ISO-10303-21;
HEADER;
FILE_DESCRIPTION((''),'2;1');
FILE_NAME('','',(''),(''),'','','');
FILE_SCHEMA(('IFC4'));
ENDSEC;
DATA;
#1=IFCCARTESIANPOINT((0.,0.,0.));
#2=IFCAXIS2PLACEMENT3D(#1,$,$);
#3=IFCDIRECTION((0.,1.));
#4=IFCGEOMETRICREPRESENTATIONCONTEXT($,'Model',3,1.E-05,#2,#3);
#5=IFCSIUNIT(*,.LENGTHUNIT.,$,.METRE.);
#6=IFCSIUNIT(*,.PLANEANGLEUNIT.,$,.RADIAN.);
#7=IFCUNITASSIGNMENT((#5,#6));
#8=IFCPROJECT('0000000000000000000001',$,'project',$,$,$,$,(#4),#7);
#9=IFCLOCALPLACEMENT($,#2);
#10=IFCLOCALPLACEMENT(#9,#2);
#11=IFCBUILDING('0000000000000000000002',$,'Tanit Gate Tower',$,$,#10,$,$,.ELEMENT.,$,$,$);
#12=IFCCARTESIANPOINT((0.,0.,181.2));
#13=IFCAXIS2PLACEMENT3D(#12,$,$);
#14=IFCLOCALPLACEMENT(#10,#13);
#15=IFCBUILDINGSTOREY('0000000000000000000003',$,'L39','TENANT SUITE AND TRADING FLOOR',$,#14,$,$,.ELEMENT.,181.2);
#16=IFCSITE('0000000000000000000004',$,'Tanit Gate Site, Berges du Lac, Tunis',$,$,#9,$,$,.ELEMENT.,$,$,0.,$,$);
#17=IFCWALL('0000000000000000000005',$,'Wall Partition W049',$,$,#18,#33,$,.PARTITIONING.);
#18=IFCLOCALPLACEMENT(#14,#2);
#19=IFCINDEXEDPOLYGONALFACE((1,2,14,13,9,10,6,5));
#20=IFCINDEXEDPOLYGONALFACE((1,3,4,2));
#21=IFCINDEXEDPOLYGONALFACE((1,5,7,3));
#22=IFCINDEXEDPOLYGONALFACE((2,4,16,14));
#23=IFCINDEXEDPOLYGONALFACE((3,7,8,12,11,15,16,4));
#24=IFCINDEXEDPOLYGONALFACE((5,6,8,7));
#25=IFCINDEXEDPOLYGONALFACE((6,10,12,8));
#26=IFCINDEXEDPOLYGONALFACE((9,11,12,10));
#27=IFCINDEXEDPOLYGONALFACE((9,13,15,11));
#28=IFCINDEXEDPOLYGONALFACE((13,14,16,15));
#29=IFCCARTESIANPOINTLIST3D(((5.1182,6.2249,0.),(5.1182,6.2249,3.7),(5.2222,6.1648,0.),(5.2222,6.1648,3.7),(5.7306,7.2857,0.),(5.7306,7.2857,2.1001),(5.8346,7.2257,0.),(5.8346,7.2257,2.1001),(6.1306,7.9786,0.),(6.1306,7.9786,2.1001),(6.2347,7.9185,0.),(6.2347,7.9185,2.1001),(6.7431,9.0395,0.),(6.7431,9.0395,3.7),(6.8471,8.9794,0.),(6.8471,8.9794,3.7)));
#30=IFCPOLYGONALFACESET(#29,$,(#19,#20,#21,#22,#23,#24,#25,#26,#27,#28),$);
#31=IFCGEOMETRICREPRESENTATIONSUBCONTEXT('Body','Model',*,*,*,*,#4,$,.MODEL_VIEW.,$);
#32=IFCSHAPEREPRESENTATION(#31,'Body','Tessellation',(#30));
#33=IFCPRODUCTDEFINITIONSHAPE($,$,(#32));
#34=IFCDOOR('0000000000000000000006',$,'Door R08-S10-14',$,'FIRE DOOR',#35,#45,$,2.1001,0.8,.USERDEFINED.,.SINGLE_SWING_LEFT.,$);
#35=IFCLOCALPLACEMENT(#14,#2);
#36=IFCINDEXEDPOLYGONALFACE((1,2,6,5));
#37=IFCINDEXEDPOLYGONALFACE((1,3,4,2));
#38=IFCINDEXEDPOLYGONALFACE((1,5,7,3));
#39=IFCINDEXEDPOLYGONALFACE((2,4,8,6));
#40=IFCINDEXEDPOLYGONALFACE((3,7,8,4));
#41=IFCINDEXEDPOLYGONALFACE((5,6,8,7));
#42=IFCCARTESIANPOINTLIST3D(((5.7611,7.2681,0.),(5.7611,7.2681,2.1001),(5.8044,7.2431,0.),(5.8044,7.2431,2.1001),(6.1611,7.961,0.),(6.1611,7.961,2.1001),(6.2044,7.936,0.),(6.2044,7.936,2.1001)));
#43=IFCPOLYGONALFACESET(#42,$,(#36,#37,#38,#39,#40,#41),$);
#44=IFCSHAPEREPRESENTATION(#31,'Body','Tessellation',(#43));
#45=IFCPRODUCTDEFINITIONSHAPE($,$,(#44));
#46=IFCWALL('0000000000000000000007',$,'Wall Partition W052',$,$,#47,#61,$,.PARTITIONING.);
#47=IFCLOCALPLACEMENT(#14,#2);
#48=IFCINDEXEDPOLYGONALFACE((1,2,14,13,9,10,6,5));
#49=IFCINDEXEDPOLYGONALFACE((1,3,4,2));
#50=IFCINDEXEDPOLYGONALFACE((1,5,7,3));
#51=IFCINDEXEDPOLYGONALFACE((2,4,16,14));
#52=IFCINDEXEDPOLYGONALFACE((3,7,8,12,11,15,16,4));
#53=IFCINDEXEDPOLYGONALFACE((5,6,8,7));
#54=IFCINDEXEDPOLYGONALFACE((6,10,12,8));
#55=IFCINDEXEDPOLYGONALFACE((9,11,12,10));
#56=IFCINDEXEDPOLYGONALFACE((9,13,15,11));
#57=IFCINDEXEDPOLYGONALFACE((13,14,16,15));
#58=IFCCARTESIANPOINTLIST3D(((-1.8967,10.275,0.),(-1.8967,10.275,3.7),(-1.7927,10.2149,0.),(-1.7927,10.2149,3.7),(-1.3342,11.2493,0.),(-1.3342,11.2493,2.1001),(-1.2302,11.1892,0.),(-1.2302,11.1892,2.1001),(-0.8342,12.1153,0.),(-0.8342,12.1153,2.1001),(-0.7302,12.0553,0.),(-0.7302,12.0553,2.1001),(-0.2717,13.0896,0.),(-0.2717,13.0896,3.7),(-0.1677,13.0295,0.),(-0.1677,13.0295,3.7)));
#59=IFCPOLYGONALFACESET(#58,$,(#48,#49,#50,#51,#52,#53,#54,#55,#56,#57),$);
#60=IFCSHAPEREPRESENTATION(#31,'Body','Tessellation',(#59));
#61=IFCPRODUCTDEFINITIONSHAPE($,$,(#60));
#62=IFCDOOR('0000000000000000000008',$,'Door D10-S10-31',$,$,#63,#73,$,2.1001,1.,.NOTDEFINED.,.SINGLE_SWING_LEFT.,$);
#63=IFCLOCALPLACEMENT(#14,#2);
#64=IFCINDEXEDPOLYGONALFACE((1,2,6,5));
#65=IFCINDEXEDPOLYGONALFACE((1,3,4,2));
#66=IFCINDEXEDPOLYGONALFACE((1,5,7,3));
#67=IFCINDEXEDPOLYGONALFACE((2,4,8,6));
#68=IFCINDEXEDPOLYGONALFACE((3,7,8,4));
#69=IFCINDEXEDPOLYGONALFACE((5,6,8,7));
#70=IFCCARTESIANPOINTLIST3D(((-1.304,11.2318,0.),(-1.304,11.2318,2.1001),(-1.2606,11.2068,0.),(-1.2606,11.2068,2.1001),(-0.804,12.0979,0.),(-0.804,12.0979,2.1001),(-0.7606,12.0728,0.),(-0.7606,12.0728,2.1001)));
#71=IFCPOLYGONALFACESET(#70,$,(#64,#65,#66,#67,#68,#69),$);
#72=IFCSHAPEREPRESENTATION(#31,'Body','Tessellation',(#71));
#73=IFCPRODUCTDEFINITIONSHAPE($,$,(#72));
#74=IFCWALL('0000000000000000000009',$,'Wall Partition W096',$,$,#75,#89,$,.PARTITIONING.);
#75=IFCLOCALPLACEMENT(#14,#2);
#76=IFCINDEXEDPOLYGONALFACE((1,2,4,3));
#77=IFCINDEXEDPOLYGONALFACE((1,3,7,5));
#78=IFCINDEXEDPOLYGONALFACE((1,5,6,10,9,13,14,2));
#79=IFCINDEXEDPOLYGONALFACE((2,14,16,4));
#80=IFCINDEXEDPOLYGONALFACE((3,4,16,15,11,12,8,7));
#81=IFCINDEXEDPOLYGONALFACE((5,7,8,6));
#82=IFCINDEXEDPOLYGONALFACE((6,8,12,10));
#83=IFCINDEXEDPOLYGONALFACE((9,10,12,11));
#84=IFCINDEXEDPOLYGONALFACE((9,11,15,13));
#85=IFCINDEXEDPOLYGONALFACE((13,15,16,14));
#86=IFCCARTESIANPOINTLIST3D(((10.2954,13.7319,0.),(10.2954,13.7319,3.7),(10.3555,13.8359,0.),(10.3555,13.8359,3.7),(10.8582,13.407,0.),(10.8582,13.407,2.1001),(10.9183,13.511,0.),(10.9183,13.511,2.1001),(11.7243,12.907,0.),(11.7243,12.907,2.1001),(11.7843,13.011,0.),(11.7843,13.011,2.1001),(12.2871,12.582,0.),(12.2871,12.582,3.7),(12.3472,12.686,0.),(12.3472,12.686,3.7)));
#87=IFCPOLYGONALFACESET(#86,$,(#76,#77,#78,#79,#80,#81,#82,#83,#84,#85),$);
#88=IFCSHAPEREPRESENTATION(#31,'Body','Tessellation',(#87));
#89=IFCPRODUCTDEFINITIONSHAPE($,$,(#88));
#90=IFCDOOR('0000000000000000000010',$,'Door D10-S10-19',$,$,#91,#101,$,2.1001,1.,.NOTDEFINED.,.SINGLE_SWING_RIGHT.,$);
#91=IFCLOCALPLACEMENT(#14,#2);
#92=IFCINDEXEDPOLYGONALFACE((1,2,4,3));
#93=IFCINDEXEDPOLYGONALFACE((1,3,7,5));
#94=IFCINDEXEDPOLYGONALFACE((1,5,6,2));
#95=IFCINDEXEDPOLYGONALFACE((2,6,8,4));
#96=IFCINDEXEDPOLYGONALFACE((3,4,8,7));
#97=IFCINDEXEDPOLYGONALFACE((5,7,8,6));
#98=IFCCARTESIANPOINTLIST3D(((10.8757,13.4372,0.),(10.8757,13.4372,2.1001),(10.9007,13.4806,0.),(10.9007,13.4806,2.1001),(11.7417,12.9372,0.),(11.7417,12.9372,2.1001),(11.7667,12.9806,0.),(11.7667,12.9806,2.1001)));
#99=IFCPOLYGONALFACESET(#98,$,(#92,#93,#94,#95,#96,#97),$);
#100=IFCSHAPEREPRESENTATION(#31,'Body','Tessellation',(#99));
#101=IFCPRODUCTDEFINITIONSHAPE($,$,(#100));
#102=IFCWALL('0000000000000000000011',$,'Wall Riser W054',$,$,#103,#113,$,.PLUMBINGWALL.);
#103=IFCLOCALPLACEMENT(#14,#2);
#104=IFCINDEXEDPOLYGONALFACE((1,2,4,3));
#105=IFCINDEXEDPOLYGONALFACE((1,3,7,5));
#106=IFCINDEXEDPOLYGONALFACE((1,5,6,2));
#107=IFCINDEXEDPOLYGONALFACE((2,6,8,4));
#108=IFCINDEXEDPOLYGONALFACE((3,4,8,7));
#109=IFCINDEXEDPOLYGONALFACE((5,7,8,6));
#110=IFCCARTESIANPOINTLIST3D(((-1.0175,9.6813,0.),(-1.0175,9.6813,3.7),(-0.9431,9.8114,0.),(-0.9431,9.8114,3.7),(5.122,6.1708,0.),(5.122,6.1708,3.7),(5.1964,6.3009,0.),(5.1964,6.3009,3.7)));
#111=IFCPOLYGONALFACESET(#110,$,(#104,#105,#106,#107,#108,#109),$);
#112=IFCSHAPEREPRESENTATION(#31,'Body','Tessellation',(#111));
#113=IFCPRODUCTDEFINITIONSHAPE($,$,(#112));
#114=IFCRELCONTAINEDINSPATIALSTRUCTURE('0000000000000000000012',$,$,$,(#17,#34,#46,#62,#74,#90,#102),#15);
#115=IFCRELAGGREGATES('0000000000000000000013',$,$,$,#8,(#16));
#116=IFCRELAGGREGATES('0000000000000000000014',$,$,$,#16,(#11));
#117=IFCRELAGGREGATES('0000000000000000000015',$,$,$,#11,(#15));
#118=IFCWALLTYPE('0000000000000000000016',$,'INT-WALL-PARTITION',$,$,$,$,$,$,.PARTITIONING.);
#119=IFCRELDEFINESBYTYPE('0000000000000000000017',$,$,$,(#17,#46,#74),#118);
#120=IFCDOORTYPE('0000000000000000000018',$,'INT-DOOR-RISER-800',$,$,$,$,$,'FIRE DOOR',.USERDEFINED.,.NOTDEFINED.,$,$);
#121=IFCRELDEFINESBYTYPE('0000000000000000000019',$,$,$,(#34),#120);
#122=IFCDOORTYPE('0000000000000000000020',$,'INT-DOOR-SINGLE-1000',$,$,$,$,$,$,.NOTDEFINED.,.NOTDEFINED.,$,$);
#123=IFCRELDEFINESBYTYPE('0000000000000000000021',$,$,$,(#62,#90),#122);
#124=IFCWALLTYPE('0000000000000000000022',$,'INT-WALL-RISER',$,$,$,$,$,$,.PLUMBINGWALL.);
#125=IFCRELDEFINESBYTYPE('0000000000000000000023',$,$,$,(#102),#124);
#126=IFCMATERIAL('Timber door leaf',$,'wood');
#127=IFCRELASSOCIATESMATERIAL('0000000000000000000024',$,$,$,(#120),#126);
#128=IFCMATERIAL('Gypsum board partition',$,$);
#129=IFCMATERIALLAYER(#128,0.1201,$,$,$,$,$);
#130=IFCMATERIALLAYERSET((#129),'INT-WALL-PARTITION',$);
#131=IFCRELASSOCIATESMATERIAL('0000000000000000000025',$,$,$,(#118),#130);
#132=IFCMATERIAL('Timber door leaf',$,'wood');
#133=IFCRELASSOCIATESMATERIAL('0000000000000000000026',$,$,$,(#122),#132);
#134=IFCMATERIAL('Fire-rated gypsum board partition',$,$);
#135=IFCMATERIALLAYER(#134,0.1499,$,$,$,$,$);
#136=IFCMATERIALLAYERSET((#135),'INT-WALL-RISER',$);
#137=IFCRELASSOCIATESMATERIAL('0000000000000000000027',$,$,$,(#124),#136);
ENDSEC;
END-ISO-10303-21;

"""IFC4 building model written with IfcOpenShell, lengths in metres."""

from ifc_helpers import new_model, si_unit, direction, frame, frame_2d, origin, place, context, subcontext, project, spatial, rectangle, extrude, material, layer, layer_set, type_object, element, fill, save


model = new_model("IFC4")

# Units and contexts
model_context = context("Model", 3, precision=1e-05, world=origin(), true_north=direction((0.0, 1.0)))
body_context = subcontext(model_context, "Body", "Model", "MODEL_VIEW")
ifc_project = project(units=[si_unit("LENGTHUNIT", "METRE"), si_unit("PLANEANGLEUNIT", "RADIAN")], contexts=[model_context])

# Site, building, storey
site_placement = place(None, origin())
site = spatial("IfcSite", under=ifc_project, at=site_placement, Name="Tanit Gate Site, Berges du Lac, Tunis", CompositionType="ELEMENT", RefElevation=0.0)
building_placement = place(site_placement, origin())
building = spatial("IfcBuilding", under=site, at=building_placement, Name="Tanit Gate Tower", CompositionType="ELEMENT")
storey_placement = place(building_placement, frame((0.0, 0.0, 181.2)))
storey = spatial("IfcBuildingStorey", under=building, at=storey_placement, Name="L39", Description="TENANT SUITE AND TRADING FLOOR", CompositionType="ELEMENT", Elevation=181.2)

# Shared definitions
ifc_material_1 = material(Name="Timber door leaf", Category="wood")
door_type_1 = type_object("IfcDoorType", Name="INT-DOOR-RISER-800", ElementType="FIRE DOOR", OperationType="NOTDEFINED", PredefinedType="USERDEFINED", material=ifc_material_1)

# Walls, openings, doors
ifc_material_2 = material(Name="Gypsum board partition")
ifc_layer_1 = layer(ifc_material_2, 0.1201)
ifc_layer_set_1 = layer_set([ifc_layer_1], Name="INT-WALL-PARTITION")
wall_type_1 = type_object("IfcWallType", Name="INT-WALL-PARTITION", PredefinedType="PARTITIONING", material=ifc_layer_set_1)
wall_1_placement = place(storey_placement, frame((5.1702, 6.1948, 0.0), z_axis=(0.0, 0.0, 1.0), x_axis=(0.499985, 0.866034, 0.0)))
wall_1 = element("IfcWall", 1, at=wall_1_placement, inside=storey, type_object=wall_type_1, Name="Wall Partition W049", PredefinedType="PARTITIONING", context=body_context, shape_type="SweptSolid", body=[
    extrude(rectangle(XDim=3.25, YDim=0.1201, at=frame_2d((1.625, 0.0))), origin(), (0.0, 0.0, 1.0), 3.7),
])
opening_1_placement = place(wall_1_placement, frame((1.2251, 0.0, 0.0)))
opening_1 = element("IfcOpeningElement", 2, at=opening_1_placement, cuts=wall_1, PredefinedType="OPENING", context=body_context, shape_type="SweptSolid", body=[
    extrude(rectangle(XDim=0.8, YDim=2.1001, at=frame_2d((0.3999, 1.05))), frame((0.0, 0.0701, 0.0), z_axis=(0.0, -1.0, 0.0), x_axis=(1.0, 0.0, 0.0)), (0.0, 0.0, 1.0), 0.1401),
])
door_1_placement = place(opening_1_placement, origin())
door_1 = element("IfcDoor", 3, at=door_1_placement, inside=storey, type_object=door_type_1, Name="Door R08-S10-14", ObjectType="FIRE DOOR", OperationType="SINGLE_SWING_LEFT", OverallHeight=2.1001, OverallWidth=0.8, PredefinedType="USERDEFINED", context=body_context, shape_type="SweptSolid", body=[
    extrude(rectangle(XDim=0.8, YDim=2.1001, at=frame_2d((0.3999, 1.05))), frame((0.0, 0.0249, 0.0), z_axis=(0.0, -1.0, 0.0), x_axis=(1.0, 0.0, 0.0)), (0.0, 0.0, 1.0), 0.05),
])
fill(opening_1, door_1)
wall_2_placement = place(storey_placement, frame((-0.2197, 13.0596, 0.0), z_axis=(0.0, 0.0, 1.0), x_axis=(-0.499985, -0.866034, 0.0)))
wall_2 = element("IfcWall", 4, at=wall_2_placement, inside=storey, type_object=wall_type_1, Name="Wall Partition W052", PredefinedType="PARTITIONING", context=body_context, shape_type="SweptSolid", body=[
    extrude(rectangle(XDim=3.25, YDim=0.1201, at=frame_2d((1.625, 0.0))), origin(), (0.0, 0.0, 1.0), 3.7),
])
opening_2_placement = place(wall_2_placement, frame((1.125, 0.0, 0.0)))
opening_2 = element("IfcOpeningElement", 5, at=opening_2_placement, cuts=wall_2, PredefinedType="OPENING", context=body_context, shape_type="SweptSolid", body=[
    extrude(rectangle(XDim=1.0, YDim=2.1001, at=frame_2d((0.5, 1.05))), frame((0.0, 0.0701, 0.0), z_axis=(0.0, -1.0, 0.0), x_axis=(1.0, 0.0, 0.0)), (0.0, 0.0, 1.0), 0.1401),
])
ifc_material_3 = material(Name="Timber door leaf", Category="wood")
door_type_2 = type_object("IfcDoorType", Name="INT-DOOR-SINGLE-1000", OperationType="NOTDEFINED", PredefinedType="NOTDEFINED", material=ifc_material_3)
door_2_placement = place(opening_2_placement, origin())
door_2 = element("IfcDoor", 6, at=door_2_placement, inside=storey, type_object=door_type_2, Name="Door D10-S10-31", OperationType="SINGLE_SWING_LEFT", OverallHeight=2.1001, OverallWidth=1.0, PredefinedType="NOTDEFINED", context=body_context, shape_type="SweptSolid", body=[
    extrude(rectangle(XDim=1.0, YDim=2.1001, at=frame_2d((0.5, 1.05))), frame((0.0, 0.0249, 0.0), z_axis=(0.0, -1.0, 0.0), x_axis=(1.0, 0.0, 0.0)), (0.0, 0.0, 1.0), 0.05),
])
fill(opening_2, door_2)
wall_3_placement = place(storey_placement, frame((10.3254, 13.7839, 0.0), z_axis=(0.0, 0.0, 1.0), x_axis=(0.866026, -0.499998, 0.0)))
wall_3 = element("IfcWall", 7, at=wall_3_placement, inside=storey, type_object=wall_type_1, Name="Wall Partition W096", PredefinedType="PARTITIONING", context=body_context, shape_type="SweptSolid", body=[
    extrude(rectangle(XDim=2.2998, YDim=0.1201, at=frame_2d((1.1499, 0.0))), origin(), (0.0, 0.0, 1.0), 3.7),
])
opening_3_placement = place(wall_3_placement, frame((0.6499, 0.0, 0.0)))
opening_3 = element("IfcOpeningElement", 8, at=opening_3_placement, cuts=wall_3, PredefinedType="OPENING", context=body_context, shape_type="SweptSolid", body=[
    extrude(rectangle(XDim=1.0, YDim=2.1001, at=frame_2d((0.5, 1.05))), frame((0.0, 0.0701, 0.0), z_axis=(0.0, -1.0, 0.0), x_axis=(1.0, 0.0, 0.0)), (0.0, 0.0, 1.0), 0.1401),
])
door_3_placement = place(opening_3_placement, origin())
door_3 = element("IfcDoor", 9, at=door_3_placement, inside=storey, type_object=door_type_2, Name="Door D10-S10-19", OperationType="SINGLE_SWING_RIGHT", OverallHeight=2.1001, OverallWidth=1.0, PredefinedType="NOTDEFINED", context=body_context, shape_type="SweptSolid", body=[
    extrude(rectangle(XDim=1.0, YDim=2.1001, at=frame_2d((0.5, 1.05))), frame((0.0, 0.0249, 0.0), z_axis=(0.0, -1.0, 0.0), x_axis=(1.0, 0.0, 0.0)), (0.0, 0.0, 1.0), 0.05),
])
fill(opening_3, door_3)

# Wall
ifc_material_4 = material(Name="Fire-rated gypsum board partition")
ifc_layer_2 = layer(ifc_material_4, 0.1499)
ifc_layer_set_2 = layer_set([ifc_layer_2], Name="INT-WALL-RISER")
wall_type_2 = type_object("IfcWallType", Name="INT-WALL-RISER", PredefinedType="PLUMBINGWALL", material=ifc_layer_set_2)
wall_4_placement = place(storey_placement, frame((5.1592, 6.2358, 0.0), z_axis=(0.0, 0.0, 1.0), x_axis=(-0.868105, 0.496381, 0.0)))
element("IfcWall", 10, at=wall_4_placement, inside=storey, type_object=wall_type_2, Name="Wall Riser W054", PredefinedType="PLUMBINGWALL", context=body_context, shape_type="SweptSolid", body=[
    extrude(rectangle(XDim=7.0723, YDim=0.1499, at=frame_2d((3.5361, 0.0))), origin(), (0.0, 0.0, 1.0), 3.7),
])

save(model, "model.ifc")
